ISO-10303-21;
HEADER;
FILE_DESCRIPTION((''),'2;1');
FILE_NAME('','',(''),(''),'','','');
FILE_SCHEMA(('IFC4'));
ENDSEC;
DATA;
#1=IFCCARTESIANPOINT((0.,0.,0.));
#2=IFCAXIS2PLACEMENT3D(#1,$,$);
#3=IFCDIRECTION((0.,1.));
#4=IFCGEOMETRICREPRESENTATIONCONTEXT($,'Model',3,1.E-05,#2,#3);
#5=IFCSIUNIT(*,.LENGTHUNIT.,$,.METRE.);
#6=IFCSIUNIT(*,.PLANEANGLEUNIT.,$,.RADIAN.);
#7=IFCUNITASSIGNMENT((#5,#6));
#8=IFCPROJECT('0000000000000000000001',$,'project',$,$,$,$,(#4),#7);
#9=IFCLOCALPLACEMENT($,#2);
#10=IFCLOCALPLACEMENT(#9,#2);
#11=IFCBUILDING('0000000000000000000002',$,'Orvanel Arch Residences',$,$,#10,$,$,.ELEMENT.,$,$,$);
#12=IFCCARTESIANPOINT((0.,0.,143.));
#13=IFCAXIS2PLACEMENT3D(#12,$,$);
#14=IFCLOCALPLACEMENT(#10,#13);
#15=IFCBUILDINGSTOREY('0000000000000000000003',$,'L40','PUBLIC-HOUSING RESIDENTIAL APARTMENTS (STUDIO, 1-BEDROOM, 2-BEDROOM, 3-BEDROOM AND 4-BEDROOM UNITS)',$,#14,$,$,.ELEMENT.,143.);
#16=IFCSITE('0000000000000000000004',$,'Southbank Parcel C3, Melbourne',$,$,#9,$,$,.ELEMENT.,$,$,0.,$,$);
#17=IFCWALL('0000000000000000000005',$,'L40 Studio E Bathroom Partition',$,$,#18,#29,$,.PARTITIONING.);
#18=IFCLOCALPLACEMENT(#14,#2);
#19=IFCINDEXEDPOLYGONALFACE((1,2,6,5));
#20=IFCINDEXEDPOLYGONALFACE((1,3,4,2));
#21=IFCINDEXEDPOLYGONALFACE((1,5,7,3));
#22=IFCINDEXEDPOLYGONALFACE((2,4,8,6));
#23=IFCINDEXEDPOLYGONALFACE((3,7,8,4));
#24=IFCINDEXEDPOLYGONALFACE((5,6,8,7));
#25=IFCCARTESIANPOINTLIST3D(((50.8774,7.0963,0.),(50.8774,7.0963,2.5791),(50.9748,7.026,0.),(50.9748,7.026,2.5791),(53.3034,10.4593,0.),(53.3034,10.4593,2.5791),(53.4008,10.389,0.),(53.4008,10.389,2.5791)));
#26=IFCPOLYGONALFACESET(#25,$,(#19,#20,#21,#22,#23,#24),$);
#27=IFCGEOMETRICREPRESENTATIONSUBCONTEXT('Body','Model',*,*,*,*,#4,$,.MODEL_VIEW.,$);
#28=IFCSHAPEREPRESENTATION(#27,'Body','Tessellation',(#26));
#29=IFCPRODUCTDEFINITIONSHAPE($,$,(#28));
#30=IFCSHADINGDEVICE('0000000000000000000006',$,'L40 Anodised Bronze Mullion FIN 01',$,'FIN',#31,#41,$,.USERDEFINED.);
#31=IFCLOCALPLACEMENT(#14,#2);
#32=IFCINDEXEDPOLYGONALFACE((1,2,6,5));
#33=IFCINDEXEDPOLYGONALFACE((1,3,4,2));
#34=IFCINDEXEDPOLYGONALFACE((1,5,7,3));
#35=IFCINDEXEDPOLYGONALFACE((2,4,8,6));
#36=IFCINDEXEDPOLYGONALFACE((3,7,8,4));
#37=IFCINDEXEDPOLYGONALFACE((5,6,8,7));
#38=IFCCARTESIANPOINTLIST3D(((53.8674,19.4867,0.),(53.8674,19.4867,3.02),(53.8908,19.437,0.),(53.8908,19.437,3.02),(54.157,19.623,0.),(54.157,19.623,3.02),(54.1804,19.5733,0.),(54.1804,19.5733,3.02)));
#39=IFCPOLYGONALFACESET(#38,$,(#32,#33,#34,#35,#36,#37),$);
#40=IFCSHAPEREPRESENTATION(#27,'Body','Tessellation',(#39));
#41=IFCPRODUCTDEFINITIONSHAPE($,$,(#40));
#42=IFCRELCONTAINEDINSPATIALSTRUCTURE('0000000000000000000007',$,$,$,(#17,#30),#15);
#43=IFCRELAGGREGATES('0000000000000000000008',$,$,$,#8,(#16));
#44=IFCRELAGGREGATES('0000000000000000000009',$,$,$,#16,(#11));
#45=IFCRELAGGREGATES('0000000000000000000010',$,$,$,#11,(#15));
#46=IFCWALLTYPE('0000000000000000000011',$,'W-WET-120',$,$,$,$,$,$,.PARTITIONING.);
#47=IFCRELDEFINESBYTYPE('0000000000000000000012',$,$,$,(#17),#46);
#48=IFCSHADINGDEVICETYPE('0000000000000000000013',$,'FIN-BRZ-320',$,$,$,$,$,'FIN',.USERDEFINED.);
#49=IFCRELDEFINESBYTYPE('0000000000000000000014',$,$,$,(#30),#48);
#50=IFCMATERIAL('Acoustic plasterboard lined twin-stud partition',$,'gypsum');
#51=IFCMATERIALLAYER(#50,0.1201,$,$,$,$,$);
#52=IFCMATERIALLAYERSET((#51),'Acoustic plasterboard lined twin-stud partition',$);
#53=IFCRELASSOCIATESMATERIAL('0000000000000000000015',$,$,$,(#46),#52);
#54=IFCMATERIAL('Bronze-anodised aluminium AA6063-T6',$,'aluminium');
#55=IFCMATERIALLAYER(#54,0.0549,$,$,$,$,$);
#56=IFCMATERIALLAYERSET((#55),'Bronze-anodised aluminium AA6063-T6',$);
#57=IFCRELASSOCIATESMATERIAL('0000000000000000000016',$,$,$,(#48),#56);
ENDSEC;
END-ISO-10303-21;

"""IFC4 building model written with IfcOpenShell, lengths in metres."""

from ifc_helpers import new_model, si_unit, direction, frame, frame_2d, origin, origin_2d, place, context, subcontext, project, spatial, rectangle, extrude, material, layer, layer_set, type_object, element, save


model = new_model("IFC4")

# Units and contexts
model_context = context("Model", 3, precision=1e-05, world=origin(), true_north=direction((0.0, 1.0)))
body_context = subcontext(model_context, "Body", "Model", "MODEL_VIEW")
ifc_project = project(units=[si_unit("LENGTHUNIT", "METRE"), si_unit("PLANEANGLEUNIT", "RADIAN")], contexts=[model_context])

# Site, building, storey
site_placement = place(None, origin())
site = spatial("IfcSite", under=ifc_project, at=site_placement, Name="Southbank Parcel C3, Melbourne", CompositionType="ELEMENT", RefElevation=0.0)
building_placement = place(site_placement, origin())
building = spatial("IfcBuilding", under=site, at=building_placement, Name="Orvanel Arch Residences", CompositionType="ELEMENT")
storey_placement = place(building_placement, frame((0.0, 0.0, 143.0)))
storey = spatial("IfcBuildingStorey", under=building, at=storey_placement, Name="L40", Description="PUBLIC-HOUSING RESIDENTIAL APARTMENTS (STUDIO, 1-BEDROOM, 2-BEDROOM, 3-BEDROOM AND 4-BEDROOM UNITS)", CompositionType="ELEMENT", Elevation=143.0)

# Shared definitions
ifc_material_1 = material(Name="Bronze-anodised aluminium AA6063-T6", Category="aluminium")

# Wall
ifc_material_2 = material(Name="Acoustic plasterboard lined twin-stud partition", Category="gypsum")
ifc_layer_1 = layer(ifc_material_2, 0.1201)
ifc_layer_set_1 = layer_set([ifc_layer_1], Name="Acoustic plasterboard lined twin-stud partition")
wall_type_1 = type_object("IfcWallType", Name="W-WET-120", PredefinedType="PARTITIONING", material=ifc_layer_set_1)
wall_1_placement = place(storey_placement, frame((53.3521, 10.4241, 0.0), z_axis=(0.0, 0.0, 1.0), x_axis=(-0.585041, -0.811004, 0.0)))
element("IfcWall", 1, at=wall_1_placement, inside=storey, type_object=wall_type_1, Name="L40 Studio E Bathroom Partition", PredefinedType="PARTITIONING", context=body_context, shape_type="SweptSolid", body=[
    extrude(rectangle(XDim=4.1467, YDim=0.1201, at=frame_2d((2.0732, 0.0))), origin(), (0.0, 0.0, 1.0), 2.5791),
])

# Shading device
ifc_layer_2 = layer(ifc_material_1, 0.0549)
ifc_layer_set_2 = layer_set([ifc_layer_2], Name="Bronze-anodised aluminium AA6063-T6")
shading_device_type = type_object("IfcShadingDeviceType", Name="FIN-BRZ-320", ElementType="FIN", PredefinedType="USERDEFINED", material=ifc_layer_set_2)
shading_device_placement = place(storey_placement, frame((54.0239, 19.53, 0.0), z_axis=(0.0, 0.0, 1.0), x_axis=(0.904827, 0.425779, 0.0)))
element("IfcShadingDevice", 2, at=shading_device_placement, inside=storey, type_object=shading_device_type, Name="L40 Anodised Bronze Mullion FIN 01", ObjectType="FIN", PredefinedType="USERDEFINED", context=body_context, shape_type="SweptSolid", body=[
    extrude(rectangle(XDim=0.3201, YDim=0.0549, at=origin_2d()), origin(), (0.0, 0.0, 1.0), 3.02),
])

save(model, "model.ifc")
